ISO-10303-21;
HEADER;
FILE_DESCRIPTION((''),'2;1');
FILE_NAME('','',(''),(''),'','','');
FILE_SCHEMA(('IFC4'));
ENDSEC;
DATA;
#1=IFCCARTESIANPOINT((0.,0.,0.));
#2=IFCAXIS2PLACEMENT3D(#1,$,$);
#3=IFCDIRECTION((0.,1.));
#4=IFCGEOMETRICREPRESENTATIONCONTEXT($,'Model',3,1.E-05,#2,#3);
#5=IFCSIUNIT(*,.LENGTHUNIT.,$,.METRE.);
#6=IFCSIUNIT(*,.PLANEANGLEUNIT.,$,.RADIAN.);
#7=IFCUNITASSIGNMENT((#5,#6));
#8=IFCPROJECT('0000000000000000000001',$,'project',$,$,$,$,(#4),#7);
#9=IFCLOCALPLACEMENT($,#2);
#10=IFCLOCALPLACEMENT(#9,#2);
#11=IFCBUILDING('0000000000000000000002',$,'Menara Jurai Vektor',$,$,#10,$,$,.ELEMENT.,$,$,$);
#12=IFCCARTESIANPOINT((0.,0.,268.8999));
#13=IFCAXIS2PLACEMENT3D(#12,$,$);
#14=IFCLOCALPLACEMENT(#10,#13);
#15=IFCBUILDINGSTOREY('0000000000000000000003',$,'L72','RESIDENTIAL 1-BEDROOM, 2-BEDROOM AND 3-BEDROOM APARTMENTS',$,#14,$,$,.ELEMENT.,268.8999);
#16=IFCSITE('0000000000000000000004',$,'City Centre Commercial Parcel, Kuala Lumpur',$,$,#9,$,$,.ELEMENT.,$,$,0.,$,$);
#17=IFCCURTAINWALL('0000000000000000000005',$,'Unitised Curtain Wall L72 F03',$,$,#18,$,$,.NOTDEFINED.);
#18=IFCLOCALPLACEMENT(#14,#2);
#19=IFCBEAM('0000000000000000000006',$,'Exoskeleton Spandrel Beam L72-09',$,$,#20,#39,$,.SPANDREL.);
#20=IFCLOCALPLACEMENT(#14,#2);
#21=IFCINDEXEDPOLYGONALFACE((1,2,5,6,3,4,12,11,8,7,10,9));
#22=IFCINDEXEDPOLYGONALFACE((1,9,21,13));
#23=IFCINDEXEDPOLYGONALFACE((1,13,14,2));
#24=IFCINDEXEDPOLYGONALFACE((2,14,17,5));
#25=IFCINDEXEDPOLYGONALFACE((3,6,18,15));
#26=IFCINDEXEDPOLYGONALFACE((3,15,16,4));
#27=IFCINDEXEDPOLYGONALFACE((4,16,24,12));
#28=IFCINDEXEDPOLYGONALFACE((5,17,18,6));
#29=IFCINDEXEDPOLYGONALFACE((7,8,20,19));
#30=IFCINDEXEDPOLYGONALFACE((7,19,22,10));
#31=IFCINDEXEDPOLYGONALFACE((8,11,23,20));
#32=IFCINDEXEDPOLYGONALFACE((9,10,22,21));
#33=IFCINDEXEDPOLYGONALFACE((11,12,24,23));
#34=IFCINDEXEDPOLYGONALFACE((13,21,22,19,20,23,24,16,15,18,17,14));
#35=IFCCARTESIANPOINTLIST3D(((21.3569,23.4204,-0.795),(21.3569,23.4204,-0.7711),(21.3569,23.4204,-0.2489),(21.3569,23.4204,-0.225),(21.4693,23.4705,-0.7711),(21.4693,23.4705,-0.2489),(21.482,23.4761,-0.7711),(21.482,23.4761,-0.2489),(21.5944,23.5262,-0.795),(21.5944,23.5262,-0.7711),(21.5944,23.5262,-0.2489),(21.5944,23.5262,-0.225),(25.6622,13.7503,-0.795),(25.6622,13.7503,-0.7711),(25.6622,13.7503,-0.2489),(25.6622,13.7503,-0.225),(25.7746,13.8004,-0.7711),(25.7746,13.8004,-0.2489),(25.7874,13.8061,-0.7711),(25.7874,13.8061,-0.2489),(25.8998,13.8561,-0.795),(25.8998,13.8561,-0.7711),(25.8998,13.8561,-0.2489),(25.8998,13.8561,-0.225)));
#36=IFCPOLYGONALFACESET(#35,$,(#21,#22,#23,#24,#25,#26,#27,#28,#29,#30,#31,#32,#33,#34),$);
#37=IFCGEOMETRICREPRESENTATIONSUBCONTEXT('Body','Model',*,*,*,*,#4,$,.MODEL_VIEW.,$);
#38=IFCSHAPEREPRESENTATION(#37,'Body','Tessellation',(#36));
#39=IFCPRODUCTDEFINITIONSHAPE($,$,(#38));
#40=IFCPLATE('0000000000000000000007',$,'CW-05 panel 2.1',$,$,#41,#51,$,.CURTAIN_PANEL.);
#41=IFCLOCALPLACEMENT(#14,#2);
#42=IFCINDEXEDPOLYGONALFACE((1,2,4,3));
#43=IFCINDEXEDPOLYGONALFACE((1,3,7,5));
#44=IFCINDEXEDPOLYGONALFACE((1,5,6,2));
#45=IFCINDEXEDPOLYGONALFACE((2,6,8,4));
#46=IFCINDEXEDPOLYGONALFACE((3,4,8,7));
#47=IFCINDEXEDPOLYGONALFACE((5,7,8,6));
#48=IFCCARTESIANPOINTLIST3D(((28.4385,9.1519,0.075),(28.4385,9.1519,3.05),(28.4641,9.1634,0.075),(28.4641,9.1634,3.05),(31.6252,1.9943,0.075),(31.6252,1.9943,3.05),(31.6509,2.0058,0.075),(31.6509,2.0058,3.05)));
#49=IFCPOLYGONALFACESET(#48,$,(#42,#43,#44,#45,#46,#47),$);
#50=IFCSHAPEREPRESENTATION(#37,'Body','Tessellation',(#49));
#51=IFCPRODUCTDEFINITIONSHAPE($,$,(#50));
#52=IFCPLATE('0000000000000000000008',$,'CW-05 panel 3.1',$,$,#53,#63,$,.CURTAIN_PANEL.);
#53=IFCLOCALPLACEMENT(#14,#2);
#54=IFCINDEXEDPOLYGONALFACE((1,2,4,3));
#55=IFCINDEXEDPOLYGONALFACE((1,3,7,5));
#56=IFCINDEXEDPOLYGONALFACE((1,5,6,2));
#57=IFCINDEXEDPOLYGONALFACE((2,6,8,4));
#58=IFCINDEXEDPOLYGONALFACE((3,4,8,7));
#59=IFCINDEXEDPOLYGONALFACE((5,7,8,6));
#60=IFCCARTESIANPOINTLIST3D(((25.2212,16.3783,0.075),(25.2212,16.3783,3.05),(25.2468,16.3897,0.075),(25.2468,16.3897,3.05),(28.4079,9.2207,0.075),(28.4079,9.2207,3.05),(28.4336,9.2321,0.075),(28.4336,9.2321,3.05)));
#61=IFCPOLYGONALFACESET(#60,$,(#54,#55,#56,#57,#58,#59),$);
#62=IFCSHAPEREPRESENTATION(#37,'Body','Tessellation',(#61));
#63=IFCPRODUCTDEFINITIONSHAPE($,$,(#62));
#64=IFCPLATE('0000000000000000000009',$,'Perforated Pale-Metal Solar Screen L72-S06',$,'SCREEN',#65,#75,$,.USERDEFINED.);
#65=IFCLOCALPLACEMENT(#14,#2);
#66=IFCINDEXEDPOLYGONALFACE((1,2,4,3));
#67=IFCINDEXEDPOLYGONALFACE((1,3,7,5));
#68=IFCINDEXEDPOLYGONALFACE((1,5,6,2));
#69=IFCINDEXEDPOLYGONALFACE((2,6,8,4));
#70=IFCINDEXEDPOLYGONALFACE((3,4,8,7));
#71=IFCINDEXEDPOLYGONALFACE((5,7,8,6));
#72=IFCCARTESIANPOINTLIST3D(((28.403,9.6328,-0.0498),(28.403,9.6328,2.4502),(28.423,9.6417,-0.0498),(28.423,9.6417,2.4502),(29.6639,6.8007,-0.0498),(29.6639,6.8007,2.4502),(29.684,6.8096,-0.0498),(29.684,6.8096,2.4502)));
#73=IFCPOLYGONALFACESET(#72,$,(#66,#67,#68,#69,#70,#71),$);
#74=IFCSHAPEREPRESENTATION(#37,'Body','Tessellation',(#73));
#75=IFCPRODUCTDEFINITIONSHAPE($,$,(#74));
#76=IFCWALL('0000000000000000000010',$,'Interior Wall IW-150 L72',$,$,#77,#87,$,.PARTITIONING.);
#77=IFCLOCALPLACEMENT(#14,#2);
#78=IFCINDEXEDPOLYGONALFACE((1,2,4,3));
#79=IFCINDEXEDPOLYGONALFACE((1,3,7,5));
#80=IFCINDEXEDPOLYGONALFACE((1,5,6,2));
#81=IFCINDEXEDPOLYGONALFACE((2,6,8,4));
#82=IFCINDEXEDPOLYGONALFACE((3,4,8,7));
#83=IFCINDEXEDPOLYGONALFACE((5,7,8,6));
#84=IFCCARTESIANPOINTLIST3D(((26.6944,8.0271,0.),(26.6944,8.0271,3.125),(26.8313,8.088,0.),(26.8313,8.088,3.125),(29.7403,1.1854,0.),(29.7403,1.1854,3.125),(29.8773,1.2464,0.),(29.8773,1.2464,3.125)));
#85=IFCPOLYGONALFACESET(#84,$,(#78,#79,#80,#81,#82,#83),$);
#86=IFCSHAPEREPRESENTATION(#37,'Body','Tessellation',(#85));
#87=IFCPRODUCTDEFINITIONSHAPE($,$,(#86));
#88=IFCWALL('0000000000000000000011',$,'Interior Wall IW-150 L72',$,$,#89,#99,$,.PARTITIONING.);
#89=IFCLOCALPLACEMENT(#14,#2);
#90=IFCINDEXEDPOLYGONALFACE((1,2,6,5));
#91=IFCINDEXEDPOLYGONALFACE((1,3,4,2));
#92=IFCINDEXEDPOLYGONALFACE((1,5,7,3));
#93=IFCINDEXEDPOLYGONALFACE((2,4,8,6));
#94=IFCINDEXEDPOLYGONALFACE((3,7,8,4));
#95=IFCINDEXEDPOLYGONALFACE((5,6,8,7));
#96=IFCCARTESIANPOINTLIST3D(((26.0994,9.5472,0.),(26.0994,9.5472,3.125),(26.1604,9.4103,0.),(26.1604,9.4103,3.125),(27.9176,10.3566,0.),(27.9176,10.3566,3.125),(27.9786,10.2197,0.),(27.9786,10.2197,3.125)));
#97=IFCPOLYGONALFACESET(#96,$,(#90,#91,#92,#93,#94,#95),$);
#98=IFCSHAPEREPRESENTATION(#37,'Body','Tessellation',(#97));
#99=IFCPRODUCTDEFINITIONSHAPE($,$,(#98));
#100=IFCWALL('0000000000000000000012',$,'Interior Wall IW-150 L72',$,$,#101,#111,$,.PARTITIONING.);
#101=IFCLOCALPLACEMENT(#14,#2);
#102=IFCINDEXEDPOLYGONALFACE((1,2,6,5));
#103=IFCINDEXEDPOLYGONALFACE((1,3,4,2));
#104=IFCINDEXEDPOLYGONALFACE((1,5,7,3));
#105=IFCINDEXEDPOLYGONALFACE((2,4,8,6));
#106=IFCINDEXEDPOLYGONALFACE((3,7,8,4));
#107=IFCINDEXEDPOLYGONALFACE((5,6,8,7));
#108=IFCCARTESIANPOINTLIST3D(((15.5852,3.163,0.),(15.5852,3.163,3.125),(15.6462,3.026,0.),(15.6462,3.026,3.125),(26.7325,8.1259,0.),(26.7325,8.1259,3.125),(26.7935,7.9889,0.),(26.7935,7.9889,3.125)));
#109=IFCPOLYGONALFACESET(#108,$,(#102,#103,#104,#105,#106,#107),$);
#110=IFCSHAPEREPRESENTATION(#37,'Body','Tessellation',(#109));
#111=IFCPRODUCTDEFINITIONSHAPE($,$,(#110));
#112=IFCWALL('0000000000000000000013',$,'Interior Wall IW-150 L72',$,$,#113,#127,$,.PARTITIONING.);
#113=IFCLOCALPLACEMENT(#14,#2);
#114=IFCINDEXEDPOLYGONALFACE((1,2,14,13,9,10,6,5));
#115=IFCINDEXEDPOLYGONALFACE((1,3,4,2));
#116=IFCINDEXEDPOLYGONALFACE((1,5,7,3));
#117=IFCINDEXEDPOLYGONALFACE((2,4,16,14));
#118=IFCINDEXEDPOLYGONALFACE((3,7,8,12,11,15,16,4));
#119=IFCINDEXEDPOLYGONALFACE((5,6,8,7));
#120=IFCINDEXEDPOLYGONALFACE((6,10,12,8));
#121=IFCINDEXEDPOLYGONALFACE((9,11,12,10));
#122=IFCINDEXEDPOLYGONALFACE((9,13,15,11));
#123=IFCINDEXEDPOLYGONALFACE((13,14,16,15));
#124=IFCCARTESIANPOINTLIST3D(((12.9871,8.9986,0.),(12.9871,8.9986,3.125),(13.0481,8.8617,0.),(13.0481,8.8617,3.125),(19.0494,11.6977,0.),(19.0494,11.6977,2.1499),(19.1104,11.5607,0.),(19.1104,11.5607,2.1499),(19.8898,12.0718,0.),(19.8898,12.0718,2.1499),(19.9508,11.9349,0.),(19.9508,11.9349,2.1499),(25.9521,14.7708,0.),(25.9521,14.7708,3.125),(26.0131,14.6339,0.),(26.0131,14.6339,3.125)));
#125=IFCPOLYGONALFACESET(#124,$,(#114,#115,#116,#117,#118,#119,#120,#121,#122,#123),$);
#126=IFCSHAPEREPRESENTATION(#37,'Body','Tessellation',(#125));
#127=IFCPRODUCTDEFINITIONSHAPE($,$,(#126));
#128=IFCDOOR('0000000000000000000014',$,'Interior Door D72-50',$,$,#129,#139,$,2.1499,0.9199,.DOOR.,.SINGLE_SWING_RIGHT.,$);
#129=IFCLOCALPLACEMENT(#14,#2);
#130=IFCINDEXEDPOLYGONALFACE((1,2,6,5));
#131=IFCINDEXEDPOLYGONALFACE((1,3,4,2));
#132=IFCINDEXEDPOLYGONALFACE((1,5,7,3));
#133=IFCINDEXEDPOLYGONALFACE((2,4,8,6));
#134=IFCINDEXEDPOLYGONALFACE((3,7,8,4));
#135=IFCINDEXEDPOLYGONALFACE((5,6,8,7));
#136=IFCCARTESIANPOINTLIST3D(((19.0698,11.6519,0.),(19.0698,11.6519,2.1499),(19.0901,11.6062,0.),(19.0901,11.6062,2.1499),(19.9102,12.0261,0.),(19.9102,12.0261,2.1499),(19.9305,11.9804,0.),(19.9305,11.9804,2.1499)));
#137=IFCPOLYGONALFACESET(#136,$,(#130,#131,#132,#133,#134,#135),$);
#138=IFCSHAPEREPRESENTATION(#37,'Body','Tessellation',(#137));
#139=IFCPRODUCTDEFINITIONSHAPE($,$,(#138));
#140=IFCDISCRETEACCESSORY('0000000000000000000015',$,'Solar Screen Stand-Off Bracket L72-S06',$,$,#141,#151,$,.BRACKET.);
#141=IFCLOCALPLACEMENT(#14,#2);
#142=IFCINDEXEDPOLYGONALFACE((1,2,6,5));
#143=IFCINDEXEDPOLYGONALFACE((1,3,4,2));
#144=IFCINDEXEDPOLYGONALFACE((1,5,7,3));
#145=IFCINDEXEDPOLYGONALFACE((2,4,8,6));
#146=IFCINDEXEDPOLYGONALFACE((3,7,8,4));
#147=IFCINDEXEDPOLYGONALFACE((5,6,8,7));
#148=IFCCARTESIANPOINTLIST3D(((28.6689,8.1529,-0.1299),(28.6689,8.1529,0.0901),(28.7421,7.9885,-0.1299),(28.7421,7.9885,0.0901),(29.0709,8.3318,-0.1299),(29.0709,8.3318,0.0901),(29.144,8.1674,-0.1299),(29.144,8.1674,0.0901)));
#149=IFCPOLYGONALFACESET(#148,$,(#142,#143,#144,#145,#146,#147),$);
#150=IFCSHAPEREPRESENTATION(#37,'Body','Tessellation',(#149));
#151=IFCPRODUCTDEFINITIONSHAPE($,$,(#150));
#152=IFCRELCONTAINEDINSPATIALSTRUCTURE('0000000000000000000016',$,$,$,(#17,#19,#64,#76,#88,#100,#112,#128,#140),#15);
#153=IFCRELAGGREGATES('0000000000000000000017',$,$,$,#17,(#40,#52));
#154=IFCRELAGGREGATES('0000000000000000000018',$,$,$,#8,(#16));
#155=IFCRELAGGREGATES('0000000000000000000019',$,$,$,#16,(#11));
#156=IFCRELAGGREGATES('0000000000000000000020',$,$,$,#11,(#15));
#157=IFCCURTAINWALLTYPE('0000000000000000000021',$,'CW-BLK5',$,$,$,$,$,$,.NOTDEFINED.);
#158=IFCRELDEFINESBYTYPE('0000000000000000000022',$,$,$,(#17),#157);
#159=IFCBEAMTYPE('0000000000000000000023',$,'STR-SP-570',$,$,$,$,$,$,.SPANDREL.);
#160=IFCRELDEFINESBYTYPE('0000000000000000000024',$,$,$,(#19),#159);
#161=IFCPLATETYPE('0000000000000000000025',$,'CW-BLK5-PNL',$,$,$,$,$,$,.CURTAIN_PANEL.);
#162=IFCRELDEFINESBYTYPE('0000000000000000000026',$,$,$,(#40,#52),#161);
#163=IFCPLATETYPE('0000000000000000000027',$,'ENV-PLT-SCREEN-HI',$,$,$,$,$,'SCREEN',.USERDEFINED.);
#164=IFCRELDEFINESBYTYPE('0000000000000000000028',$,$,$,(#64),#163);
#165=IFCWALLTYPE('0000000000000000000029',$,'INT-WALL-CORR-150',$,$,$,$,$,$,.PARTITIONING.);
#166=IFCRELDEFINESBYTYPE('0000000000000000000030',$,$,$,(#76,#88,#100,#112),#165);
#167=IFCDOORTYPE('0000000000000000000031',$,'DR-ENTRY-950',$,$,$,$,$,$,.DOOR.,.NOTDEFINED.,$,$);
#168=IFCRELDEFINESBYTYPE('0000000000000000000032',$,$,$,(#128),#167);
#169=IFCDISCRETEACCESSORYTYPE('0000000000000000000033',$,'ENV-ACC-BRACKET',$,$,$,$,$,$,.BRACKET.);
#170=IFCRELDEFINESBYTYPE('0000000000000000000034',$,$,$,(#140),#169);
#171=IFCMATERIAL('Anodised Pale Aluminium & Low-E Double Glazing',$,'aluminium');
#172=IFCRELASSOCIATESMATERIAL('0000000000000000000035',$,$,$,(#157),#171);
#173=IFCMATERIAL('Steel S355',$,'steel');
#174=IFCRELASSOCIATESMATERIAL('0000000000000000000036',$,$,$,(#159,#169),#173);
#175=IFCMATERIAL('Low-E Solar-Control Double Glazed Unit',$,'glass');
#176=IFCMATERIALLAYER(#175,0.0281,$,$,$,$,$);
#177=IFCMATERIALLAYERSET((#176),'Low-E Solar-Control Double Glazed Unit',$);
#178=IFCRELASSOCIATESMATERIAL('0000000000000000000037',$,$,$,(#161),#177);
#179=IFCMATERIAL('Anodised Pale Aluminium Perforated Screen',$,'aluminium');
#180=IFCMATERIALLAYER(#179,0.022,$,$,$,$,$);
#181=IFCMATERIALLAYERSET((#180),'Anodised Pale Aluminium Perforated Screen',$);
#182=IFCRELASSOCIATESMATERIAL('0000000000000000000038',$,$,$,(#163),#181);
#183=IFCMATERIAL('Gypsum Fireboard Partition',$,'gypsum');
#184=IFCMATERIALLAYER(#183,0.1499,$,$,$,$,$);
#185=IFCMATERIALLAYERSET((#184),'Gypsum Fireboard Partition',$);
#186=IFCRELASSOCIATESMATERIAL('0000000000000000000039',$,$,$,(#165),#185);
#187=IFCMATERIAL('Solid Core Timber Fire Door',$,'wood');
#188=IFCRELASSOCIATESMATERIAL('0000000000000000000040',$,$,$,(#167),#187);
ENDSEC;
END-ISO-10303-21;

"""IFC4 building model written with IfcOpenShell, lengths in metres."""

from ifc_helpers import new_model, si_unit, direction, frame, frame_2d, origin, origin_2d, place, context, subcontext, project, spatial, rectangle, i_section, extrude, material, layer, layer_set, material_profile, profile_set, type_object, element, fill, aggregate, save


model = new_model("IFC4")

# Units and contexts
model_context = context("Model", 3, precision=1e-05, world=origin(), true_north=direction((0.0, 1.0)))
body_context = subcontext(model_context, "Body", "Model", "MODEL_VIEW")
ifc_project = project(units=[si_unit("LENGTHUNIT", "METRE"), si_unit("PLANEANGLEUNIT", "RADIAN")], contexts=[model_context])

# Site, building, storey
site_placement = place(None, origin())
site = spatial("IfcSite", under=ifc_project, at=site_placement, Name="City Centre Commercial Parcel, Kuala Lumpur", CompositionType="ELEMENT", RefElevation=0.0)
building_placement = place(site_placement, origin())
building = spatial("IfcBuilding", under=site, at=building_placement, Name="Menara Jurai Vektor", CompositionType="ELEMENT")
storey_placement = place(building_placement, frame((0.0, 0.0, 268.8999)))
storey = spatial("IfcBuildingStorey", under=building, at=storey_placement, Name="L72", Description="RESIDENTIAL 1-BEDROOM, 2-BEDROOM AND 3-BEDROOM APARTMENTS", CompositionType="ELEMENT", Elevation=268.8999)

# Curtain wall
ifc_material_1 = material(Name="Anodised Pale Aluminium & Low-E Double Glazing", Category="aluminium")
curtain_wall_type = type_object("IfcCurtainWallType", Name="CW-BLK5", PredefinedType="NOTDEFINED", material=ifc_material_1)
curtain_wall_placement = place(storey_placement, origin())
curtain_wall = element("IfcCurtainWall", 1, at=curtain_wall_placement, inside=storey, type_object=curtain_wall_type, Name="Unitised Curtain Wall L72 F03", PredefinedType="NOTDEFINED")

# Beam
ifc_material_2 = material(Name="Steel S355", Category="steel")
ifc_material_profile_1 = material_profile(ifc_material_2, i_section(OverallWidth=0.26, OverallDepth=0.5701, WebThickness=0.0139, FlangeThickness=0.0239, at=origin_2d()), Name="PG 570x260x145")
ifc_profile_set_1 = profile_set([ifc_material_profile_1], Name="Steel S355")
beam_type_1 = type_object("IfcBeamType", Name="STR-SP-570", PredefinedType="SPANDREL", material=ifc_profile_set_1)
beam_1_placement = place(storey_placement, frame((25.781, 13.8032, -0.51), z_axis=(-0.406735, 0.913546, 0.0), x_axis=(-0.913546, -0.406735, 0.0)))
element("IfcBeam", 2, at=beam_1_placement, inside=storey, type_object=beam_type_1, Name="Exoskeleton Spandrel Beam L72-09", PredefinedType="SPANDREL", context=body_context, shape_type="SweptSolid", body=[
    extrude(i_section(OverallWidth=0.26, OverallDepth=0.5701, WebThickness=0.0139, FlangeThickness=0.0239, at=origin_2d()), origin(), (0.0, 0.0, 1.0), 10.5852),
])

# Plates
ifc_material_3 = material(Name="Low-E Solar-Control Double Glazed Unit", Category="glass")
ifc_layer_1 = layer(ifc_material_3, 0.0281)
ifc_layer_set_1 = layer_set([ifc_layer_1], Name="Low-E Solar-Control Double Glazed Unit")
plate_type_1 = type_object("IfcPlateType", Name="CW-BLK5-PNL", PredefinedType="CURTAIN_PANEL", material=ifc_layer_set_1)
plate_1_placement = place(storey_placement, frame((30.0447, 5.5789, 0.075), z_axis=(0.0, 0.0, 1.0), x_axis=(-0.406735, 0.913546, 0.0)))
plate_1 = element("IfcPlate", 3, at=plate_1_placement, type_object=plate_type_1, Name="CW-05 panel 2.1", PredefinedType="CURTAIN_PANEL", context=body_context, shape_type="SweptSolid", body=[
    extrude(rectangle(XDim=7.835, YDim=0.0281, at=origin_2d()), origin(), (0.0, 0.0, 1.0), 2.9751),
])
plate_2_placement = place(storey_placement, frame((26.8274, 12.8052, 0.075), z_axis=(0.0, 0.0, 1.0), x_axis=(-0.406735, 0.913546, 0.0)))
plate_2 = element("IfcPlate", 4, at=plate_2_placement, type_object=plate_type_1, Name="CW-05 panel 3.1", PredefinedType="CURTAIN_PANEL", context=body_context, shape_type="SweptSolid", body=[
    extrude(rectangle(XDim=7.835, YDim=0.0281, at=origin_2d()), origin(), (0.0, 0.0, 1.0), 2.9751),
])
aggregate(curtain_wall, [plate_1, plate_2])
ifc_material_4 = material(Name="Anodised Pale Aluminium Perforated Screen", Category="aluminium")
ifc_layer_2 = layer(ifc_material_4, 0.022)
ifc_layer_set_2 = layer_set([ifc_layer_2], Name="Anodised Pale Aluminium Perforated Screen")
plate_type_2 = type_object("IfcPlateType", Name="ENV-PLT-SCREEN-HI", ElementType="SCREEN", PredefinedType="USERDEFINED", material=ifc_layer_set_2)
plate_3_placement = place(storey_placement, frame((29.0435, 8.2212, -0.0498), z_axis=(0.0, 0.0, 1.0), x_axis=(-0.406737, 0.913545, 0.0)))
element("IfcPlate", 5, at=plate_3_placement, inside=storey, type_object=plate_type_2, Name="Perforated Pale-Metal Solar Screen L72-S06", ObjectType="SCREEN", PredefinedType="USERDEFINED", context=body_context, shape_type="SweptSolid", body=[
    extrude(rectangle(XDim=3.1001, YDim=0.022, at=origin_2d()), origin(), (0.0, 0.0, 1.0), 2.5),
])

# Shared definitions
ifc_material_5 = material(Name="Gypsum Fireboard Partition", Category="gypsum")
ifc_layer_3 = layer(ifc_material_5, 0.1499)
ifc_layer_set_3 = layer_set([ifc_layer_3], Name="Gypsum Fireboard Partition")
wall_type = type_object("IfcWallType", Name="INT-WALL-CORR-150", PredefinedType="PARTITIONING", material=ifc_layer_set_3)
ifc_material_6 = material(Name="Solid Core Timber Fire Door", Category="wood")
door_type = type_object("IfcDoorType", Name="DR-ENTRY-950", OperationType="NOTDEFINED", PredefinedType="DOOR", material=ifc_material_6)

# Wall
wall_1_placement = place(storey_placement, frame((29.8088, 1.2158, 0.0), z_axis=(0.0, 0.0, 1.0), x_axis=(-0.406719, 0.913553, 0.0)))
element("IfcWall", 6, at=wall_1_placement, inside=storey, type_object=wall_type, Name="Interior Wall IW-150 L72", PredefinedType="PARTITIONING", context=body_context, shape_type="SweptSolid", body=[
    extrude(rectangle(XDim=7.489, YDim=0.1499, at=frame_2d((3.7446, 0.0))), origin(), (0.0, 0.0, 1.0), 3.125),
])

# Walls
wall_2_placement = place(storey_placement, frame((26.1299, 9.4788, 0.0), z_axis=(0.0, 0.0, 1.0), x_axis=(0.913574, 0.406673, 0.0)))
element("IfcWall", 7, at=wall_2_placement, inside=storey, type_object=wall_type, Name="Interior Wall IW-150 L72", PredefinedType="PARTITIONING", context=body_context, shape_type="SweptSolid", body=[
    extrude(rectangle(XDim=1.9902, YDim=0.1499, at=frame_2d((0.9951, 0.0))), origin(), (0.0, 0.0, 1.0), 3.125),
])
wall_3_placement = place(storey_placement, frame((15.6157, 3.0945, 0.0), z_axis=(0.0, 0.0, 1.0), x_axis=(0.913551, 0.406725, 0.0)))
element("IfcWall", 8, at=wall_3_placement, inside=storey, type_object=wall_type, Name="Interior Wall IW-150 L72", PredefinedType="PARTITIONING", context=body_context, shape_type="SweptSolid", body=[
    extrude(rectangle(XDim=12.2021, YDim=0.1499, at=frame_2d((6.1011, 0.0))), origin(), (0.0, 0.0, 1.0), 3.125),
])

# Wall, opening, door
wall_4_placement = place(storey_placement, frame((13.0176, 8.9302, 0.0), z_axis=(0.0, 0.0, 1.0), x_axis=(0.913551, 0.406724, 0.0)))
wall_4 = element("IfcWall", 9, at=wall_4_placement, inside=storey, type_object=wall_type, Name="Interior Wall IW-150 L72", PredefinedType="PARTITIONING", context=body_context, shape_type="SweptSolid", body=[
    extrude(rectangle(XDim=14.1919, YDim=0.1499, at=frame_2d((7.0959, 0.0))), origin(), (0.0, 0.0, 1.0), 3.125),
])
opening_1_placement = place(wall_4_placement, frame((6.636, 0.0, 0.0)))
opening_1 = element("IfcOpeningElement", 10, at=opening_1_placement, cuts=wall_4, PredefinedType="OPENING", context=body_context, shape_type="SweptSolid", body=[
    extrude(rectangle(XDim=0.9199, YDim=2.1499, at=frame_2d((0.46, 1.075))), frame((0.0, 0.085, 0.0), z_axis=(0.0, -1.0, 0.0), x_axis=(1.0, 0.0, 0.0)), (0.0, 0.0, 1.0), 0.1699),
])
door_1_placement = place(opening_1_placement, origin())
door_1 = element("IfcDoor", 11, at=door_1_placement, inside=storey, type_object=door_type, Name="Interior Door D72-50", OperationType="SINGLE_SWING_RIGHT", OverallHeight=2.1499, OverallWidth=0.9199, PredefinedType="DOOR", context=body_context, shape_type="SweptSolid", body=[
    extrude(rectangle(XDim=0.9199, YDim=2.1499, at=frame_2d((0.46, 1.075))), frame((0.0, 0.0249, 0.0), z_axis=(0.0, -1.0, 0.0), x_axis=(1.0, 0.0, 0.0)), (0.0, 0.0, 1.0), 0.05),
])
fill(opening_1, door_1)

# Discrete accessory
discrete_accessory_type = type_object("IfcDiscreteAccessoryType", Name="ENV-ACC-BRACKET", PredefinedType="BRACKET", material=ifc_material_2)
discrete_accessory_placement = place(storey_placement, frame((28.9065, 8.1602, -0.1299), z_axis=(0.0, 0.0, 1.0), x_axis=(-0.406737, 0.913545, 0.0)))
element("IfcDiscreteAccessory", 12, at=discrete_accessory_placement, inside=storey, type_object=discrete_accessory_type, Name="Solar Screen Stand-Off Bracket L72-S06", PredefinedType="BRACKET", context=body_context, shape_type="SweptSolid", body=[
    extrude(rectangle(XDim=0.1799, YDim=0.4399, at=origin_2d()), origin(), (0.0, 0.0, 1.0), 0.22),
])

save(model, "model.ifc")
